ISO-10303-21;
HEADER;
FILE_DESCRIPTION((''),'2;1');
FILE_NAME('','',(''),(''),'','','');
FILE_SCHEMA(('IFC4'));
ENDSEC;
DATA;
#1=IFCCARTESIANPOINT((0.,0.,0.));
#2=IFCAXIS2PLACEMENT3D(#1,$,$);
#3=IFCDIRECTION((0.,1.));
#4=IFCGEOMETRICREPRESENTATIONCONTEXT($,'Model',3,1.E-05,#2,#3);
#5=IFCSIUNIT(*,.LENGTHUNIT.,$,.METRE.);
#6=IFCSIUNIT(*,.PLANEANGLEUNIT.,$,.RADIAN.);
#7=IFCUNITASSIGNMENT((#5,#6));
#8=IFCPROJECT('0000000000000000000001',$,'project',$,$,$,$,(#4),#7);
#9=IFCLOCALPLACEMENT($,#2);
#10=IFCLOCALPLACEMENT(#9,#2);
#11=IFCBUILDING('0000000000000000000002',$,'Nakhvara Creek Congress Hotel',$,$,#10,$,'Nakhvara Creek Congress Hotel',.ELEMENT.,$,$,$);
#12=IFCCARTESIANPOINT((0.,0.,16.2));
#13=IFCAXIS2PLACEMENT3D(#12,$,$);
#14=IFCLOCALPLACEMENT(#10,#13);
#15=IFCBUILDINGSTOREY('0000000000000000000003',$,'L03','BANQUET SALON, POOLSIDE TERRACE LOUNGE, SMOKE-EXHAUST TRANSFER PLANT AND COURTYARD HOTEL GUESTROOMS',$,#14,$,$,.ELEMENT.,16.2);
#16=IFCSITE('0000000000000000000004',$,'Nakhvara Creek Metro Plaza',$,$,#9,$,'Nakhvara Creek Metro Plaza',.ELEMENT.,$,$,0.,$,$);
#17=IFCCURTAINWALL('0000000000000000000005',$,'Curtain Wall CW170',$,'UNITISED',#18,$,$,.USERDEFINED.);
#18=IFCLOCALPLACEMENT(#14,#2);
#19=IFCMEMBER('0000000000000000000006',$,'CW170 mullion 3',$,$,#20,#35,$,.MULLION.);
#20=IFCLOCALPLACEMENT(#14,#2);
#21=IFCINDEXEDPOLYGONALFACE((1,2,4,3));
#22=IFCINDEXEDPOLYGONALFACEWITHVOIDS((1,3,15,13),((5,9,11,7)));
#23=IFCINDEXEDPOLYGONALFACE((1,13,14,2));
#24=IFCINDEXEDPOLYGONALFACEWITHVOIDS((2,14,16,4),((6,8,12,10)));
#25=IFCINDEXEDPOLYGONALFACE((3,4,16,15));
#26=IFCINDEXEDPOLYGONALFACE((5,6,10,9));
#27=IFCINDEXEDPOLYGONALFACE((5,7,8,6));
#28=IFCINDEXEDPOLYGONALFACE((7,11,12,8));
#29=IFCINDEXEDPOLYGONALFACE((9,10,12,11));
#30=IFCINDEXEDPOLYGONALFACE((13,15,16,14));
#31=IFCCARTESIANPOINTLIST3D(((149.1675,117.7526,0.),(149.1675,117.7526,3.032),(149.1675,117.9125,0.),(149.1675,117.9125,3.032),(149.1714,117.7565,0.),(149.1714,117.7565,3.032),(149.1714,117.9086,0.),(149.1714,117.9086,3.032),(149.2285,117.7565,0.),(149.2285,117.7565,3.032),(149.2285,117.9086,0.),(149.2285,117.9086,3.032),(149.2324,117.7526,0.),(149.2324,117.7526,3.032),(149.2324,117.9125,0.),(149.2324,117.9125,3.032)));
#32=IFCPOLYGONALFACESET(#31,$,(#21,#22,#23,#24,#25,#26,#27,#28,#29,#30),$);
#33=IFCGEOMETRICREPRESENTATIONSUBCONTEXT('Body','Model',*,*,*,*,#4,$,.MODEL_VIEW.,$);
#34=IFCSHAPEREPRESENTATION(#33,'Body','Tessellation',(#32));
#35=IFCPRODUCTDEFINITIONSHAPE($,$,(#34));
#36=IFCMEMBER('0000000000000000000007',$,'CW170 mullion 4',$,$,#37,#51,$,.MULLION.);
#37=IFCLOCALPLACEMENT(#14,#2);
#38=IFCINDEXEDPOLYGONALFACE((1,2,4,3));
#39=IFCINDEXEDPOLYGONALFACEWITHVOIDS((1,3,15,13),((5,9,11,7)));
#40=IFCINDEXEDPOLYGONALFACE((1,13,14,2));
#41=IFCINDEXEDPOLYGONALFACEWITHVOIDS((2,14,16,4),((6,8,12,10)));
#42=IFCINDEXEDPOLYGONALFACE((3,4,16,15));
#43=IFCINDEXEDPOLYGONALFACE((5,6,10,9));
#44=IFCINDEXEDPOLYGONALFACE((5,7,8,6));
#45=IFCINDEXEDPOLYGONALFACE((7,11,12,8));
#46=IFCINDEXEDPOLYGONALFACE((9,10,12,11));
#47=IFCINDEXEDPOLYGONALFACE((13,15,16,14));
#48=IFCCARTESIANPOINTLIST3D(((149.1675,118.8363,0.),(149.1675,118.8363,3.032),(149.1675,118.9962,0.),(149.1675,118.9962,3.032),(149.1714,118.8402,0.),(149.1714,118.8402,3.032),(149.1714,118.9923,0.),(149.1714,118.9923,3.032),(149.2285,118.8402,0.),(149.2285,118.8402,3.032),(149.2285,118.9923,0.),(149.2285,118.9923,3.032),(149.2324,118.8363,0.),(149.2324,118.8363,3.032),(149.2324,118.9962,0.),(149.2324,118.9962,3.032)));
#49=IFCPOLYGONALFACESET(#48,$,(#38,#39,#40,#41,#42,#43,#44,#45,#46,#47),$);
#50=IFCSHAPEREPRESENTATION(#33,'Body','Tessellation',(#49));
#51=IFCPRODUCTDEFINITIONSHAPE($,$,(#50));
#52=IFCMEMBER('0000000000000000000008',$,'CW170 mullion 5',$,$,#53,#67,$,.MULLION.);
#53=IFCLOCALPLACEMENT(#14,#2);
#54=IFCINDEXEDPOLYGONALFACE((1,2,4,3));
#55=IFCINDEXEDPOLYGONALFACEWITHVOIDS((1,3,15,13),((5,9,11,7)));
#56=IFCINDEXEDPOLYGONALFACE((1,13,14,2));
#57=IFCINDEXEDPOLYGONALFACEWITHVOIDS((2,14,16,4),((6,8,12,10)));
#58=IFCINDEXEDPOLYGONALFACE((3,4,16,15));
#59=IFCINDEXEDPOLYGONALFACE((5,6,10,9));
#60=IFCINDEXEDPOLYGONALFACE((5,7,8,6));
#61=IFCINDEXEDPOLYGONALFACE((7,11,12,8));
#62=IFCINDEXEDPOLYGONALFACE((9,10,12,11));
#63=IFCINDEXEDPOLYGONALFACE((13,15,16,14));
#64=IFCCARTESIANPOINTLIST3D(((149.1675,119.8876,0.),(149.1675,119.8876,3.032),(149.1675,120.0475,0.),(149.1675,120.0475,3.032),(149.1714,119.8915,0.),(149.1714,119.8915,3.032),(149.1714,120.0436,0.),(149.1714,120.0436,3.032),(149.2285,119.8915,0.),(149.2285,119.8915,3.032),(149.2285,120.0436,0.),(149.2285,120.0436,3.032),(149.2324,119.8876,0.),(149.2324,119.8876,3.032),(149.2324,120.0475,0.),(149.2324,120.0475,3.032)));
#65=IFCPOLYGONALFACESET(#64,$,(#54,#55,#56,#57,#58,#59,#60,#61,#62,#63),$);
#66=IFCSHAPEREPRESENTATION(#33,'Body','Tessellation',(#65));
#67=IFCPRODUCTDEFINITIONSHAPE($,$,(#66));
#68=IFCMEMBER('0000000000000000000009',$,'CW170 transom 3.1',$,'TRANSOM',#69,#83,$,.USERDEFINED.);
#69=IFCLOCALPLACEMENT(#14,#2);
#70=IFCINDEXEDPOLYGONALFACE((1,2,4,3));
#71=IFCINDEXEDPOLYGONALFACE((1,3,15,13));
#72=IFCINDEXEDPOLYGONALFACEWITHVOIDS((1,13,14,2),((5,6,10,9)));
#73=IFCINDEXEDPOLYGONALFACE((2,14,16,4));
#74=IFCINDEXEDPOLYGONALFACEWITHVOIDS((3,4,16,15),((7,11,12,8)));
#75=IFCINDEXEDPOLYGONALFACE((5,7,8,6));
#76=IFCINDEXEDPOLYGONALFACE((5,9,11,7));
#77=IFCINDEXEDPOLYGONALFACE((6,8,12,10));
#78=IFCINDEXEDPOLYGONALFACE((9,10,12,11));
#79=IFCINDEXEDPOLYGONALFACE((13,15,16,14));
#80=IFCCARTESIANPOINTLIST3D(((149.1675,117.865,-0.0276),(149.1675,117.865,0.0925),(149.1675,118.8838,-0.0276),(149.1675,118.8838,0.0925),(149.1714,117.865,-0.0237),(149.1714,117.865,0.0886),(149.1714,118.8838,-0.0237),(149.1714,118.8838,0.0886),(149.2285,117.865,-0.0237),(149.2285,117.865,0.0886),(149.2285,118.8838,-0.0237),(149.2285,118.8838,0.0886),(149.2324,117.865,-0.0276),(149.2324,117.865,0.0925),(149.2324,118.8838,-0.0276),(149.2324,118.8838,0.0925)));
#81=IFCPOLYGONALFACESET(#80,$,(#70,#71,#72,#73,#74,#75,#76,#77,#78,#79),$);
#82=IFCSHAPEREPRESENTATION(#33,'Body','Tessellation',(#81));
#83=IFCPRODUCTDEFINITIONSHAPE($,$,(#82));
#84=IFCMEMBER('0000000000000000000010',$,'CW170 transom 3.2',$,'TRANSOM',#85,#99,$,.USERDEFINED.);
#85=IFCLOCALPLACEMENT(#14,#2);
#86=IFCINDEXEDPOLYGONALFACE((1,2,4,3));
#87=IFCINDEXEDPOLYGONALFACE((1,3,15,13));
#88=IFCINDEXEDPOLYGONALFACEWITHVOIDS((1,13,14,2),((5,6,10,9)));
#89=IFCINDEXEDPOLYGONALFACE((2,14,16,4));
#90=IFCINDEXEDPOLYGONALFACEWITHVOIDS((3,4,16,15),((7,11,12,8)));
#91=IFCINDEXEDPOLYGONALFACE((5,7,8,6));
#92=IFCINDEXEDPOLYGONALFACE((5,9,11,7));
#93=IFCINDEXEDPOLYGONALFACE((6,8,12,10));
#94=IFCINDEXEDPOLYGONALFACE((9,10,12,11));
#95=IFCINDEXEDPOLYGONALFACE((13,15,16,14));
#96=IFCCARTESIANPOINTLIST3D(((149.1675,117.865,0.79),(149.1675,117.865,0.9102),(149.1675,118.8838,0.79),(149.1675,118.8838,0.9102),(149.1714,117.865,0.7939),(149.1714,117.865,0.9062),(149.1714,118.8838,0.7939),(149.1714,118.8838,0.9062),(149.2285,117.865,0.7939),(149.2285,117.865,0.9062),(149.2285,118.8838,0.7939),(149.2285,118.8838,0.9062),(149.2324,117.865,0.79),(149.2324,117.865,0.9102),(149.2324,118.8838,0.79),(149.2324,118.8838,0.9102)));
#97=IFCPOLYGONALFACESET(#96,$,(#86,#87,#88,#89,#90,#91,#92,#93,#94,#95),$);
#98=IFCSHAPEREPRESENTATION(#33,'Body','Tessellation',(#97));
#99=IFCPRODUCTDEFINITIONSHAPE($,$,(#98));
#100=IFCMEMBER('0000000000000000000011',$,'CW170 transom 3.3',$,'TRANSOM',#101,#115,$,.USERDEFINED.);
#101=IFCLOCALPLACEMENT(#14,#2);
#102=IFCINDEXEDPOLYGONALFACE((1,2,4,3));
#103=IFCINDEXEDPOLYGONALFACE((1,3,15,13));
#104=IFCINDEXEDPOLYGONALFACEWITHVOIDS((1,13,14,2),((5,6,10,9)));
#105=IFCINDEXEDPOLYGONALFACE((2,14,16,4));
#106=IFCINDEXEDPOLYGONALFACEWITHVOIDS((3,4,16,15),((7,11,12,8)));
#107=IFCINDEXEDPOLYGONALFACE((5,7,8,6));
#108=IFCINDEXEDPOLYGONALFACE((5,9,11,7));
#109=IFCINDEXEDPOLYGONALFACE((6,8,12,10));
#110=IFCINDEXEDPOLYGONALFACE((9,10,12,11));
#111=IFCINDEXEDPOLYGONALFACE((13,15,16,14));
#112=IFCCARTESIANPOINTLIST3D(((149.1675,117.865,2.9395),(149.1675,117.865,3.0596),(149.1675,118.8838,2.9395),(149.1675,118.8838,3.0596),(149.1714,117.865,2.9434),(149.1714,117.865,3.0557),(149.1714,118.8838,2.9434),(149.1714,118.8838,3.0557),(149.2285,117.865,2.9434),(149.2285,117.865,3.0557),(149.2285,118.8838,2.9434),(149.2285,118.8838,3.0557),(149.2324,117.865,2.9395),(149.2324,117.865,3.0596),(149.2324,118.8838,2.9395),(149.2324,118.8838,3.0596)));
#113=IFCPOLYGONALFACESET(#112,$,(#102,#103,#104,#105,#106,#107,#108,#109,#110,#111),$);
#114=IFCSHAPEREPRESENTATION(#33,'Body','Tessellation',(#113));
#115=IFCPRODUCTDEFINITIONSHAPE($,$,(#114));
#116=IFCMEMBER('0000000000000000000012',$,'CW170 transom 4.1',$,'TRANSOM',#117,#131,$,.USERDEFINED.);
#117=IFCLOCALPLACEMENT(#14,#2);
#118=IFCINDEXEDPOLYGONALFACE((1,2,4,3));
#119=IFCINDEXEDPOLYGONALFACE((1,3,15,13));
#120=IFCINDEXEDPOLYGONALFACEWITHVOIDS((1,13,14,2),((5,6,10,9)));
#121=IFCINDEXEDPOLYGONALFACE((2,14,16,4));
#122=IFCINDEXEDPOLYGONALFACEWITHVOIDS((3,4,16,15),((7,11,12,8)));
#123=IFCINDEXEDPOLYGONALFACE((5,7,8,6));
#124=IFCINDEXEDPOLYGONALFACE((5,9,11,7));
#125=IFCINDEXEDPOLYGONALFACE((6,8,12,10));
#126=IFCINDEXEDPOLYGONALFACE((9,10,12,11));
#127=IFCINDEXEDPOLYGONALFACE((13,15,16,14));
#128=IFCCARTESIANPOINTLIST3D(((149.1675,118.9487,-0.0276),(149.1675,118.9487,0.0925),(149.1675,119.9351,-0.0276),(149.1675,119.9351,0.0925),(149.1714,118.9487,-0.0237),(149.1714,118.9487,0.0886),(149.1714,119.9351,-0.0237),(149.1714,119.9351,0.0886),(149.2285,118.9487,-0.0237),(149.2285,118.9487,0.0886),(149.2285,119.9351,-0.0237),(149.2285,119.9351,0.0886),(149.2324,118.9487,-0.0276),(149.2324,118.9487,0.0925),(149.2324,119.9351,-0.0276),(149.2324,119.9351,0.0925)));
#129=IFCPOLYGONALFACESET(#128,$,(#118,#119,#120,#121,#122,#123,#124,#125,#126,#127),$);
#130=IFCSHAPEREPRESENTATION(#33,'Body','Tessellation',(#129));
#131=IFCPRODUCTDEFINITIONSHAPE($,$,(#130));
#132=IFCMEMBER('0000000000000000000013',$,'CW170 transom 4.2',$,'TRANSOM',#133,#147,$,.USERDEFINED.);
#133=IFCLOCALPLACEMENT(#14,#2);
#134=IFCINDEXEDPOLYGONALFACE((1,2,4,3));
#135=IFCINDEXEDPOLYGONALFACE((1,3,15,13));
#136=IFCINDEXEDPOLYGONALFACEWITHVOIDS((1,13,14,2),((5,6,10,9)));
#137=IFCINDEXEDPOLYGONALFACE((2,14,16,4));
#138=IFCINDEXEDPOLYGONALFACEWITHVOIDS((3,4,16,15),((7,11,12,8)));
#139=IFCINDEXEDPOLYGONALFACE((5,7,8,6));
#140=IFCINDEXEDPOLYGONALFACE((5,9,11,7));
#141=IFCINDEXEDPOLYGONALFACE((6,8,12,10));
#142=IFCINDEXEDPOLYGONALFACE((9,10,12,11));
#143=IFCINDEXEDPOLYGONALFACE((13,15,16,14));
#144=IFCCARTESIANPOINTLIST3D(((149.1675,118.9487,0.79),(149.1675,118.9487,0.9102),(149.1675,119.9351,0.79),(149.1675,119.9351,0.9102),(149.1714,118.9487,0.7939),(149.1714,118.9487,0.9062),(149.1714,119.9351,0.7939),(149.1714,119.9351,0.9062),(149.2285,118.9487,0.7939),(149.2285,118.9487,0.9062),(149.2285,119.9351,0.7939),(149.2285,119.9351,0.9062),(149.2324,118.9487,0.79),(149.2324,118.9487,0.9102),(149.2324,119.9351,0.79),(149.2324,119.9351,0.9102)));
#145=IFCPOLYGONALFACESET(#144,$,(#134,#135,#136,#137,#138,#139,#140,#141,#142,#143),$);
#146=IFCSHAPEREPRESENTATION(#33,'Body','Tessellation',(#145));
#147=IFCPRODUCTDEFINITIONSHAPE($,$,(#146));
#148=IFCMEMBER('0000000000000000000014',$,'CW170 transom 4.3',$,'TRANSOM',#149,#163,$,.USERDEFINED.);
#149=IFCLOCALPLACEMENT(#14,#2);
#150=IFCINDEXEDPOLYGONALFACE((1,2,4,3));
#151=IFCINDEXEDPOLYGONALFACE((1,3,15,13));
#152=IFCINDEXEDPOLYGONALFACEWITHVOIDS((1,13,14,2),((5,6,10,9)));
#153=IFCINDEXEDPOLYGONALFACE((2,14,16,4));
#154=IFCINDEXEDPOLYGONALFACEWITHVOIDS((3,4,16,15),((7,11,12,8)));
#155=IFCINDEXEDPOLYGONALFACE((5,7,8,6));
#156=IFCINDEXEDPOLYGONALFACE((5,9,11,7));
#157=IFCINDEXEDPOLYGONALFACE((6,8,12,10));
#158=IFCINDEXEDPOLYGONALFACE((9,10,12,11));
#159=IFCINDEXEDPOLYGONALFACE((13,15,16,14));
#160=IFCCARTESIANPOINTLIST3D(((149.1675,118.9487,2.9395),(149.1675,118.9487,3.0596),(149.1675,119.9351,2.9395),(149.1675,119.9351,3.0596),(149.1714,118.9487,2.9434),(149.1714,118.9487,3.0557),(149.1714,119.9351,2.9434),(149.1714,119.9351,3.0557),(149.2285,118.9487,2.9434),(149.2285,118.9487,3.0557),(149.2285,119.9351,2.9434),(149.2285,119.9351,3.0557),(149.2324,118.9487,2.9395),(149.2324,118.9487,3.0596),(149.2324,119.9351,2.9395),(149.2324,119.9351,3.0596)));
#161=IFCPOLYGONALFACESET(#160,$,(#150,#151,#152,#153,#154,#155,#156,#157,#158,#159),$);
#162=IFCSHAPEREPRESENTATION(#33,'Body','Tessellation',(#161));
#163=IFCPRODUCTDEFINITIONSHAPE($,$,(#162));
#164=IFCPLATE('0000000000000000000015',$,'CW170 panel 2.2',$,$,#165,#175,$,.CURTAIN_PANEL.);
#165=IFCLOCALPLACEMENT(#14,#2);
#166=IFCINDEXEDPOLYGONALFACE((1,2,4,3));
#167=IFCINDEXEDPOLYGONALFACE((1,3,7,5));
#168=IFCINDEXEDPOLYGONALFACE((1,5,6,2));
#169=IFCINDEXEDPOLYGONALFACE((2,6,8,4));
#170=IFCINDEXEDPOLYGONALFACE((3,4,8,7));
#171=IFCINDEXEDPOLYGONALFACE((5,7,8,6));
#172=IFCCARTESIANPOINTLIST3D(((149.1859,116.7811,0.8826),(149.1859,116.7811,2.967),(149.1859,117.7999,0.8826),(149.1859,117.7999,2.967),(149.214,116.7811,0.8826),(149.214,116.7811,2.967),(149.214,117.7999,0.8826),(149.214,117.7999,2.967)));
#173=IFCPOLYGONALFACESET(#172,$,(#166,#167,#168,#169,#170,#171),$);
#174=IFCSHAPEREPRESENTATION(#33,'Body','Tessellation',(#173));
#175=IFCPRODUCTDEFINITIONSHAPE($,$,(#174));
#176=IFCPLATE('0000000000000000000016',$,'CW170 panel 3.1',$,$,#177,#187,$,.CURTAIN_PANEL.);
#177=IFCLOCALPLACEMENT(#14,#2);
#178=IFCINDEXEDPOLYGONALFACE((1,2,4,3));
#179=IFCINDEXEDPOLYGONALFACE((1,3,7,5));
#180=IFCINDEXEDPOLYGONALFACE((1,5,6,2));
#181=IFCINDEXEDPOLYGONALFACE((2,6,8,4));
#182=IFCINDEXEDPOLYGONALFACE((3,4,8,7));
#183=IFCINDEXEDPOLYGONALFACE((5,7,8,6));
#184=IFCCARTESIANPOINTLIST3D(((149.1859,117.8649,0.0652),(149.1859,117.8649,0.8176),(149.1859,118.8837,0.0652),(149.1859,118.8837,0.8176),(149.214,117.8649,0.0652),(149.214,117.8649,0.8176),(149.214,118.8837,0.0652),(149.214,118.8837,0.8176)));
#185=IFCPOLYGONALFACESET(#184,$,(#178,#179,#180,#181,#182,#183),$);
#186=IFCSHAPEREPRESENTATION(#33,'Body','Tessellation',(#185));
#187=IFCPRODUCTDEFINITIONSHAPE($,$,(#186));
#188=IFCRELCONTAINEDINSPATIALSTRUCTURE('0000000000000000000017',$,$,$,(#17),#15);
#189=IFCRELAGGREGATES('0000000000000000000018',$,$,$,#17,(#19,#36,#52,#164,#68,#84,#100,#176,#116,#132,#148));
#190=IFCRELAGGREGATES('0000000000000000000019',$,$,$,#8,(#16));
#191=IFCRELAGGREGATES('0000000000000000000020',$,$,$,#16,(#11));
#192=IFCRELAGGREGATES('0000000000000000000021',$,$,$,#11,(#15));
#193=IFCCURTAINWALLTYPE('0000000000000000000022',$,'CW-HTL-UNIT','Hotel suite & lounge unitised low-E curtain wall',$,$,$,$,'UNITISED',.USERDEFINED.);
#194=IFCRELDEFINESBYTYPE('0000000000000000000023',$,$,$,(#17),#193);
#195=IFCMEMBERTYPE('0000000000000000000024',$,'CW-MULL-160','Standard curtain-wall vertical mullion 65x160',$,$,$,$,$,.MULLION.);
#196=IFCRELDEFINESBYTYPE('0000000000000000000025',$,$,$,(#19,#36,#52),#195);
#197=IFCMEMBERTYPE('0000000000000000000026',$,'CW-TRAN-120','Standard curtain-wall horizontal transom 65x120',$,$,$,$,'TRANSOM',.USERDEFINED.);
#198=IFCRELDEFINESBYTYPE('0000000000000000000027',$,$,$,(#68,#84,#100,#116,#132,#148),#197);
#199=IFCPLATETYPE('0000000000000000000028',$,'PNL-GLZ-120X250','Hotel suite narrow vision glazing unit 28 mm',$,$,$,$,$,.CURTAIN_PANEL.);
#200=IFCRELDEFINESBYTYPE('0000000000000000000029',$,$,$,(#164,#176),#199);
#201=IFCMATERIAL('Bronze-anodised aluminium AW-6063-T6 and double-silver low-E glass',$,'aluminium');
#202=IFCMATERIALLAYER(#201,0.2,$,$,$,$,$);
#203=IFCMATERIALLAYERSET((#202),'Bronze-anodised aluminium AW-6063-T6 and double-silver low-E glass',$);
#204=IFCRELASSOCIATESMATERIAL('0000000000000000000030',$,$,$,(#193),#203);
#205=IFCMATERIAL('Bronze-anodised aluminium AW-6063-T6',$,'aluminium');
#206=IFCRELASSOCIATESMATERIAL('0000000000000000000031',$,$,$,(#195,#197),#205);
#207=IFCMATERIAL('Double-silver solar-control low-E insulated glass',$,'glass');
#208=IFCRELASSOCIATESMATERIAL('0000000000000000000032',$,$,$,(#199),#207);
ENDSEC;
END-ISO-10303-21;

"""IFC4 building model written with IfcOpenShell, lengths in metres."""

from ifc_helpers import new_model, si_unit, direction, frame, origin, origin_2d, place, context, subcontext, project, spatial, rectangle, hollow_rectangle, extrude, material, layer, layer_set, material_profile, profile_set, type_object, element, aggregate, save


model = new_model("IFC4")

# Units and contexts
model_context = context("Model", 3, precision=1e-05, world=origin(), true_north=direction((0.0, 1.0)))
body_context = subcontext(model_context, "Body", "Model", "MODEL_VIEW")
ifc_project = project(units=[si_unit("LENGTHUNIT", "METRE"), si_unit("PLANEANGLEUNIT", "RADIAN")], contexts=[model_context])

# Site, building, storey
site_placement = place(None, origin())
site = spatial("IfcSite", under=ifc_project, at=site_placement, Name="Nakhvara Creek Metro Plaza", LongName="Nakhvara Creek Metro Plaza", CompositionType="ELEMENT", RefElevation=0.0)
building_placement = place(site_placement, origin())
building = spatial("IfcBuilding", under=site, at=building_placement, Name="Nakhvara Creek Congress Hotel", LongName="Nakhvara Creek Congress Hotel", CompositionType="ELEMENT")
storey_placement = place(building_placement, frame((0.0, 0.0, 16.2)))
storey = spatial("IfcBuildingStorey", under=building, at=storey_placement, Name="L03", Description="BANQUET SALON, POOLSIDE TERRACE LOUNGE, SMOKE-EXHAUST TRANSFER PLANT AND COURTYARD HOTEL GUESTROOMS", CompositionType="ELEMENT", Elevation=16.2)

# Curtain wall, members, plates
ifc_material_1 = material(Name="Bronze-anodised aluminium AW-6063-T6 and double-silver low-E glass", Category="aluminium")
ifc_layer_1 = layer(ifc_material_1, 0.2)
ifc_layer_set_1 = layer_set([ifc_layer_1], Name="Bronze-anodised aluminium AW-6063-T6 and double-silver low-E glass")
curtain_wall_type = type_object("IfcCurtainWallType", Name="CW-HTL-UNIT", Description="Hotel suite & lounge unitised low-E curtain wall", ElementType="UNITISED", PredefinedType="USERDEFINED", material=ifc_layer_set_1)
curtain_wall_placement = place(storey_placement, origin())
curtain_wall = element("IfcCurtainWall", 1, at=curtain_wall_placement, inside=storey, type_object=curtain_wall_type, Name="Curtain Wall CW170", ObjectType="UNITISED", PredefinedType="USERDEFINED")
ifc_material_2 = material(Name="Bronze-anodised aluminium AW-6063-T6", Category="aluminium")
ifc_material_profile_1 = material_profile(ifc_material_2, hollow_rectangle(XDim=0.0649, YDim=0.1599, WallThickness=0.0039, at=origin_2d()), Name="ALU-MULL 65x160x4", Category="LoadBearing")
ifc_profile_set_1 = profile_set([ifc_material_profile_1], Name="Bronze-anodised aluminium AW-6063-T6")
member_type_1 = type_object("IfcMemberType", Name="CW-MULL-160", Description="Standard curtain-wall vertical mullion 65x160", PredefinedType="MULLION", material=ifc_profile_set_1)
member_1_placement = place(storey_placement, frame((149.2, 117.8325, 0.0), z_axis=(0.0, 0.0, 1.0), x_axis=(-1.0, 0.0, 0.0)))
member_1 = element("IfcMember", 2, at=member_1_placement, type_object=member_type_1, Name="CW170 mullion 3", PredefinedType="MULLION", context=body_context, shape_type="SweptSolid", body=[
    extrude(hollow_rectangle(XDim=0.0649, YDim=0.1599, WallThickness=0.0039, at=origin_2d()), origin(), (0.0, 0.0, 1.0), 3.032),
])
member_2_placement = place(storey_placement, frame((149.2, 118.9163, 0.0), z_axis=(0.0, 0.0, 1.0), x_axis=(-1.0, 0.0, 0.0)))
member_2 = element("IfcMember", 3, at=member_2_placement, type_object=member_type_1, Name="CW170 mullion 4", PredefinedType="MULLION", context=body_context, shape_type="SweptSolid", body=[
    extrude(hollow_rectangle(XDim=0.0649, YDim=0.1599, WallThickness=0.0039, at=origin_2d()), origin(), (0.0, 0.0, 1.0), 3.032),
])
member_3_placement = place(storey_placement, frame((149.2, 119.9675, 0.0), z_axis=(0.0, 0.0, 1.0), x_axis=(-1.0, 0.0, 0.0)))
member_3 = element("IfcMember", 4, at=member_3_placement, type_object=member_type_1, Name="CW170 mullion 5", PredefinedType="MULLION", context=body_context, shape_type="SweptSolid", body=[
    extrude(hollow_rectangle(XDim=0.0649, YDim=0.1599, WallThickness=0.0039, at=origin_2d()), origin(), (0.0, 0.0, 1.0), 3.032),
])
ifc_material_profile_2 = material_profile(ifc_material_2, hollow_rectangle(XDim=0.0649, YDim=0.1201, WallThickness=0.0039, at=origin_2d()), Name="ALU-TRAN 65x120x4", Category="LoadBearing")
ifc_profile_set_2 = profile_set([ifc_material_profile_2], Name="Bronze-anodised aluminium AW-6063-T6")
member_type_2 = type_object("IfcMemberType", Name="CW-TRAN-120", Description="Standard curtain-wall horizontal transom 65x120", ElementType="TRANSOM", PredefinedType="USERDEFINED", material=ifc_profile_set_2)
member_4_placement = place(storey_placement, frame((149.2, 117.865, 0.0325), z_axis=(0.0, 1.0, 0.0), x_axis=(-1.0, 0.0, 0.0)))
member_4 = element("IfcMember", 5, at=member_4_placement, type_object=member_type_2, Name="CW170 transom 3.1", ObjectType="TRANSOM", PredefinedType="USERDEFINED", context=body_context, shape_type="SweptSolid", body=[
    extrude(hollow_rectangle(XDim=0.0649, YDim=0.1201, WallThickness=0.0039, at=origin_2d()), origin(), (0.0, 0.0, 1.0), 1.0188),
])
member_5_placement = place(storey_placement, frame((149.2, 117.865, 0.8501), z_axis=(0.0, 1.0, 0.0), x_axis=(-1.0, 0.0, 0.0)))
member_5 = element("IfcMember", 6, at=member_5_placement, type_object=member_type_2, Name="CW170 transom 3.2", ObjectType="TRANSOM", PredefinedType="USERDEFINED", context=body_context, shape_type="SweptSolid", body=[
    extrude(hollow_rectangle(XDim=0.0649, YDim=0.1201, WallThickness=0.0039, at=origin_2d()), origin(), (0.0, 0.0, 1.0), 1.0188),
])
member_6_placement = place(storey_placement, frame((149.2, 117.865, 2.9995), z_axis=(0.0, 1.0, 0.0), x_axis=(-1.0, 0.0, 0.0)))
member_6 = element("IfcMember", 7, at=member_6_placement, type_object=member_type_2, Name="CW170 transom 3.3", ObjectType="TRANSOM", PredefinedType="USERDEFINED", context=body_context, shape_type="SweptSolid", body=[
    extrude(hollow_rectangle(XDim=0.0649, YDim=0.1201, WallThickness=0.0039, at=origin_2d()), origin(), (0.0, 0.0, 1.0), 1.0188),
])
member_7_placement = place(storey_placement, frame((149.2, 118.9487, 0.0325), z_axis=(0.0, 1.0, 0.0), x_axis=(-1.0, 0.0, 0.0)))
member_7 = element("IfcMember", 8, at=member_7_placement, type_object=member_type_2, Name="CW170 transom 4.1", ObjectType="TRANSOM", PredefinedType="USERDEFINED", context=body_context, shape_type="SweptSolid", body=[
    extrude(hollow_rectangle(XDim=0.0649, YDim=0.1201, WallThickness=0.0039, at=origin_2d()), origin(), (0.0, 0.0, 1.0), 0.9863),
])
member_8_placement = place(storey_placement, frame((149.2, 118.9487, 0.8501), z_axis=(0.0, 1.0, 0.0), x_axis=(-1.0, 0.0, 0.0)))
member_8 = element("IfcMember", 9, at=member_8_placement, type_object=member_type_2, Name="CW170 transom 4.2", ObjectType="TRANSOM", PredefinedType="USERDEFINED", context=body_context, shape_type="SweptSolid", body=[
    extrude(hollow_rectangle(XDim=0.0649, YDim=0.1201, WallThickness=0.0039, at=origin_2d()), origin(), (0.0, 0.0, 1.0), 0.9863),
])
member_9_placement = place(storey_placement, frame((149.2, 118.9487, 2.9995), z_axis=(0.0, 1.0, 0.0), x_axis=(-1.0, 0.0, 0.0)))
member_9 = element("IfcMember", 10, at=member_9_placement, type_object=member_type_2, Name="CW170 transom 4.3", ObjectType="TRANSOM", PredefinedType="USERDEFINED", context=body_context, shape_type="SweptSolid", body=[
    extrude(hollow_rectangle(XDim=0.0649, YDim=0.1201, WallThickness=0.0039, at=origin_2d()), origin(), (0.0, 0.0, 1.0), 0.9863),
])
ifc_material_3 = material(Name="Double-silver solar-control low-E insulated glass", Category="glass")
plate_type = type_object("IfcPlateType", Name="PNL-GLZ-120X250", Description="Hotel suite narrow vision glazing unit 28 mm", PredefinedType="CURTAIN_PANEL", material=ifc_material_3)
plate_1_placement = place(storey_placement, frame((149.2, 117.2905, 0.8826), z_axis=(0.0, 0.0, 1.0), x_axis=(0.0, 1.0, 0.0)))
plate_1 = element("IfcPlate", 11, at=plate_1_placement, type_object=plate_type, Name="CW170 panel 2.2", PredefinedType="CURTAIN_PANEL", context=body_context, shape_type="SweptSolid", body=[
    extrude(rectangle(XDim=1.0188, YDim=0.0281, at=origin_2d()), origin(), (0.0, 0.0, 1.0), 2.0845),
])
plate_2_placement = place(storey_placement, frame((149.2, 118.3743, 0.0652), z_axis=(0.0, 0.0, 1.0), x_axis=(0.0, 1.0, 0.0)))
plate_2 = element("IfcPlate", 12, at=plate_2_placement, type_object=plate_type, Name="CW170 panel 3.1", PredefinedType="CURTAIN_PANEL", context=body_context, shape_type="SweptSolid", body=[
    extrude(rectangle(XDim=1.0188, YDim=0.0281, at=origin_2d()), origin(), (0.0, 0.0, 1.0), 0.7524),
])
aggregate(curtain_wall, [member_1, member_2, member_3, plate_1, member_4, member_5, member_6, plate_2, member_7, member_8, member_9])

save(model, "model.ifc")
